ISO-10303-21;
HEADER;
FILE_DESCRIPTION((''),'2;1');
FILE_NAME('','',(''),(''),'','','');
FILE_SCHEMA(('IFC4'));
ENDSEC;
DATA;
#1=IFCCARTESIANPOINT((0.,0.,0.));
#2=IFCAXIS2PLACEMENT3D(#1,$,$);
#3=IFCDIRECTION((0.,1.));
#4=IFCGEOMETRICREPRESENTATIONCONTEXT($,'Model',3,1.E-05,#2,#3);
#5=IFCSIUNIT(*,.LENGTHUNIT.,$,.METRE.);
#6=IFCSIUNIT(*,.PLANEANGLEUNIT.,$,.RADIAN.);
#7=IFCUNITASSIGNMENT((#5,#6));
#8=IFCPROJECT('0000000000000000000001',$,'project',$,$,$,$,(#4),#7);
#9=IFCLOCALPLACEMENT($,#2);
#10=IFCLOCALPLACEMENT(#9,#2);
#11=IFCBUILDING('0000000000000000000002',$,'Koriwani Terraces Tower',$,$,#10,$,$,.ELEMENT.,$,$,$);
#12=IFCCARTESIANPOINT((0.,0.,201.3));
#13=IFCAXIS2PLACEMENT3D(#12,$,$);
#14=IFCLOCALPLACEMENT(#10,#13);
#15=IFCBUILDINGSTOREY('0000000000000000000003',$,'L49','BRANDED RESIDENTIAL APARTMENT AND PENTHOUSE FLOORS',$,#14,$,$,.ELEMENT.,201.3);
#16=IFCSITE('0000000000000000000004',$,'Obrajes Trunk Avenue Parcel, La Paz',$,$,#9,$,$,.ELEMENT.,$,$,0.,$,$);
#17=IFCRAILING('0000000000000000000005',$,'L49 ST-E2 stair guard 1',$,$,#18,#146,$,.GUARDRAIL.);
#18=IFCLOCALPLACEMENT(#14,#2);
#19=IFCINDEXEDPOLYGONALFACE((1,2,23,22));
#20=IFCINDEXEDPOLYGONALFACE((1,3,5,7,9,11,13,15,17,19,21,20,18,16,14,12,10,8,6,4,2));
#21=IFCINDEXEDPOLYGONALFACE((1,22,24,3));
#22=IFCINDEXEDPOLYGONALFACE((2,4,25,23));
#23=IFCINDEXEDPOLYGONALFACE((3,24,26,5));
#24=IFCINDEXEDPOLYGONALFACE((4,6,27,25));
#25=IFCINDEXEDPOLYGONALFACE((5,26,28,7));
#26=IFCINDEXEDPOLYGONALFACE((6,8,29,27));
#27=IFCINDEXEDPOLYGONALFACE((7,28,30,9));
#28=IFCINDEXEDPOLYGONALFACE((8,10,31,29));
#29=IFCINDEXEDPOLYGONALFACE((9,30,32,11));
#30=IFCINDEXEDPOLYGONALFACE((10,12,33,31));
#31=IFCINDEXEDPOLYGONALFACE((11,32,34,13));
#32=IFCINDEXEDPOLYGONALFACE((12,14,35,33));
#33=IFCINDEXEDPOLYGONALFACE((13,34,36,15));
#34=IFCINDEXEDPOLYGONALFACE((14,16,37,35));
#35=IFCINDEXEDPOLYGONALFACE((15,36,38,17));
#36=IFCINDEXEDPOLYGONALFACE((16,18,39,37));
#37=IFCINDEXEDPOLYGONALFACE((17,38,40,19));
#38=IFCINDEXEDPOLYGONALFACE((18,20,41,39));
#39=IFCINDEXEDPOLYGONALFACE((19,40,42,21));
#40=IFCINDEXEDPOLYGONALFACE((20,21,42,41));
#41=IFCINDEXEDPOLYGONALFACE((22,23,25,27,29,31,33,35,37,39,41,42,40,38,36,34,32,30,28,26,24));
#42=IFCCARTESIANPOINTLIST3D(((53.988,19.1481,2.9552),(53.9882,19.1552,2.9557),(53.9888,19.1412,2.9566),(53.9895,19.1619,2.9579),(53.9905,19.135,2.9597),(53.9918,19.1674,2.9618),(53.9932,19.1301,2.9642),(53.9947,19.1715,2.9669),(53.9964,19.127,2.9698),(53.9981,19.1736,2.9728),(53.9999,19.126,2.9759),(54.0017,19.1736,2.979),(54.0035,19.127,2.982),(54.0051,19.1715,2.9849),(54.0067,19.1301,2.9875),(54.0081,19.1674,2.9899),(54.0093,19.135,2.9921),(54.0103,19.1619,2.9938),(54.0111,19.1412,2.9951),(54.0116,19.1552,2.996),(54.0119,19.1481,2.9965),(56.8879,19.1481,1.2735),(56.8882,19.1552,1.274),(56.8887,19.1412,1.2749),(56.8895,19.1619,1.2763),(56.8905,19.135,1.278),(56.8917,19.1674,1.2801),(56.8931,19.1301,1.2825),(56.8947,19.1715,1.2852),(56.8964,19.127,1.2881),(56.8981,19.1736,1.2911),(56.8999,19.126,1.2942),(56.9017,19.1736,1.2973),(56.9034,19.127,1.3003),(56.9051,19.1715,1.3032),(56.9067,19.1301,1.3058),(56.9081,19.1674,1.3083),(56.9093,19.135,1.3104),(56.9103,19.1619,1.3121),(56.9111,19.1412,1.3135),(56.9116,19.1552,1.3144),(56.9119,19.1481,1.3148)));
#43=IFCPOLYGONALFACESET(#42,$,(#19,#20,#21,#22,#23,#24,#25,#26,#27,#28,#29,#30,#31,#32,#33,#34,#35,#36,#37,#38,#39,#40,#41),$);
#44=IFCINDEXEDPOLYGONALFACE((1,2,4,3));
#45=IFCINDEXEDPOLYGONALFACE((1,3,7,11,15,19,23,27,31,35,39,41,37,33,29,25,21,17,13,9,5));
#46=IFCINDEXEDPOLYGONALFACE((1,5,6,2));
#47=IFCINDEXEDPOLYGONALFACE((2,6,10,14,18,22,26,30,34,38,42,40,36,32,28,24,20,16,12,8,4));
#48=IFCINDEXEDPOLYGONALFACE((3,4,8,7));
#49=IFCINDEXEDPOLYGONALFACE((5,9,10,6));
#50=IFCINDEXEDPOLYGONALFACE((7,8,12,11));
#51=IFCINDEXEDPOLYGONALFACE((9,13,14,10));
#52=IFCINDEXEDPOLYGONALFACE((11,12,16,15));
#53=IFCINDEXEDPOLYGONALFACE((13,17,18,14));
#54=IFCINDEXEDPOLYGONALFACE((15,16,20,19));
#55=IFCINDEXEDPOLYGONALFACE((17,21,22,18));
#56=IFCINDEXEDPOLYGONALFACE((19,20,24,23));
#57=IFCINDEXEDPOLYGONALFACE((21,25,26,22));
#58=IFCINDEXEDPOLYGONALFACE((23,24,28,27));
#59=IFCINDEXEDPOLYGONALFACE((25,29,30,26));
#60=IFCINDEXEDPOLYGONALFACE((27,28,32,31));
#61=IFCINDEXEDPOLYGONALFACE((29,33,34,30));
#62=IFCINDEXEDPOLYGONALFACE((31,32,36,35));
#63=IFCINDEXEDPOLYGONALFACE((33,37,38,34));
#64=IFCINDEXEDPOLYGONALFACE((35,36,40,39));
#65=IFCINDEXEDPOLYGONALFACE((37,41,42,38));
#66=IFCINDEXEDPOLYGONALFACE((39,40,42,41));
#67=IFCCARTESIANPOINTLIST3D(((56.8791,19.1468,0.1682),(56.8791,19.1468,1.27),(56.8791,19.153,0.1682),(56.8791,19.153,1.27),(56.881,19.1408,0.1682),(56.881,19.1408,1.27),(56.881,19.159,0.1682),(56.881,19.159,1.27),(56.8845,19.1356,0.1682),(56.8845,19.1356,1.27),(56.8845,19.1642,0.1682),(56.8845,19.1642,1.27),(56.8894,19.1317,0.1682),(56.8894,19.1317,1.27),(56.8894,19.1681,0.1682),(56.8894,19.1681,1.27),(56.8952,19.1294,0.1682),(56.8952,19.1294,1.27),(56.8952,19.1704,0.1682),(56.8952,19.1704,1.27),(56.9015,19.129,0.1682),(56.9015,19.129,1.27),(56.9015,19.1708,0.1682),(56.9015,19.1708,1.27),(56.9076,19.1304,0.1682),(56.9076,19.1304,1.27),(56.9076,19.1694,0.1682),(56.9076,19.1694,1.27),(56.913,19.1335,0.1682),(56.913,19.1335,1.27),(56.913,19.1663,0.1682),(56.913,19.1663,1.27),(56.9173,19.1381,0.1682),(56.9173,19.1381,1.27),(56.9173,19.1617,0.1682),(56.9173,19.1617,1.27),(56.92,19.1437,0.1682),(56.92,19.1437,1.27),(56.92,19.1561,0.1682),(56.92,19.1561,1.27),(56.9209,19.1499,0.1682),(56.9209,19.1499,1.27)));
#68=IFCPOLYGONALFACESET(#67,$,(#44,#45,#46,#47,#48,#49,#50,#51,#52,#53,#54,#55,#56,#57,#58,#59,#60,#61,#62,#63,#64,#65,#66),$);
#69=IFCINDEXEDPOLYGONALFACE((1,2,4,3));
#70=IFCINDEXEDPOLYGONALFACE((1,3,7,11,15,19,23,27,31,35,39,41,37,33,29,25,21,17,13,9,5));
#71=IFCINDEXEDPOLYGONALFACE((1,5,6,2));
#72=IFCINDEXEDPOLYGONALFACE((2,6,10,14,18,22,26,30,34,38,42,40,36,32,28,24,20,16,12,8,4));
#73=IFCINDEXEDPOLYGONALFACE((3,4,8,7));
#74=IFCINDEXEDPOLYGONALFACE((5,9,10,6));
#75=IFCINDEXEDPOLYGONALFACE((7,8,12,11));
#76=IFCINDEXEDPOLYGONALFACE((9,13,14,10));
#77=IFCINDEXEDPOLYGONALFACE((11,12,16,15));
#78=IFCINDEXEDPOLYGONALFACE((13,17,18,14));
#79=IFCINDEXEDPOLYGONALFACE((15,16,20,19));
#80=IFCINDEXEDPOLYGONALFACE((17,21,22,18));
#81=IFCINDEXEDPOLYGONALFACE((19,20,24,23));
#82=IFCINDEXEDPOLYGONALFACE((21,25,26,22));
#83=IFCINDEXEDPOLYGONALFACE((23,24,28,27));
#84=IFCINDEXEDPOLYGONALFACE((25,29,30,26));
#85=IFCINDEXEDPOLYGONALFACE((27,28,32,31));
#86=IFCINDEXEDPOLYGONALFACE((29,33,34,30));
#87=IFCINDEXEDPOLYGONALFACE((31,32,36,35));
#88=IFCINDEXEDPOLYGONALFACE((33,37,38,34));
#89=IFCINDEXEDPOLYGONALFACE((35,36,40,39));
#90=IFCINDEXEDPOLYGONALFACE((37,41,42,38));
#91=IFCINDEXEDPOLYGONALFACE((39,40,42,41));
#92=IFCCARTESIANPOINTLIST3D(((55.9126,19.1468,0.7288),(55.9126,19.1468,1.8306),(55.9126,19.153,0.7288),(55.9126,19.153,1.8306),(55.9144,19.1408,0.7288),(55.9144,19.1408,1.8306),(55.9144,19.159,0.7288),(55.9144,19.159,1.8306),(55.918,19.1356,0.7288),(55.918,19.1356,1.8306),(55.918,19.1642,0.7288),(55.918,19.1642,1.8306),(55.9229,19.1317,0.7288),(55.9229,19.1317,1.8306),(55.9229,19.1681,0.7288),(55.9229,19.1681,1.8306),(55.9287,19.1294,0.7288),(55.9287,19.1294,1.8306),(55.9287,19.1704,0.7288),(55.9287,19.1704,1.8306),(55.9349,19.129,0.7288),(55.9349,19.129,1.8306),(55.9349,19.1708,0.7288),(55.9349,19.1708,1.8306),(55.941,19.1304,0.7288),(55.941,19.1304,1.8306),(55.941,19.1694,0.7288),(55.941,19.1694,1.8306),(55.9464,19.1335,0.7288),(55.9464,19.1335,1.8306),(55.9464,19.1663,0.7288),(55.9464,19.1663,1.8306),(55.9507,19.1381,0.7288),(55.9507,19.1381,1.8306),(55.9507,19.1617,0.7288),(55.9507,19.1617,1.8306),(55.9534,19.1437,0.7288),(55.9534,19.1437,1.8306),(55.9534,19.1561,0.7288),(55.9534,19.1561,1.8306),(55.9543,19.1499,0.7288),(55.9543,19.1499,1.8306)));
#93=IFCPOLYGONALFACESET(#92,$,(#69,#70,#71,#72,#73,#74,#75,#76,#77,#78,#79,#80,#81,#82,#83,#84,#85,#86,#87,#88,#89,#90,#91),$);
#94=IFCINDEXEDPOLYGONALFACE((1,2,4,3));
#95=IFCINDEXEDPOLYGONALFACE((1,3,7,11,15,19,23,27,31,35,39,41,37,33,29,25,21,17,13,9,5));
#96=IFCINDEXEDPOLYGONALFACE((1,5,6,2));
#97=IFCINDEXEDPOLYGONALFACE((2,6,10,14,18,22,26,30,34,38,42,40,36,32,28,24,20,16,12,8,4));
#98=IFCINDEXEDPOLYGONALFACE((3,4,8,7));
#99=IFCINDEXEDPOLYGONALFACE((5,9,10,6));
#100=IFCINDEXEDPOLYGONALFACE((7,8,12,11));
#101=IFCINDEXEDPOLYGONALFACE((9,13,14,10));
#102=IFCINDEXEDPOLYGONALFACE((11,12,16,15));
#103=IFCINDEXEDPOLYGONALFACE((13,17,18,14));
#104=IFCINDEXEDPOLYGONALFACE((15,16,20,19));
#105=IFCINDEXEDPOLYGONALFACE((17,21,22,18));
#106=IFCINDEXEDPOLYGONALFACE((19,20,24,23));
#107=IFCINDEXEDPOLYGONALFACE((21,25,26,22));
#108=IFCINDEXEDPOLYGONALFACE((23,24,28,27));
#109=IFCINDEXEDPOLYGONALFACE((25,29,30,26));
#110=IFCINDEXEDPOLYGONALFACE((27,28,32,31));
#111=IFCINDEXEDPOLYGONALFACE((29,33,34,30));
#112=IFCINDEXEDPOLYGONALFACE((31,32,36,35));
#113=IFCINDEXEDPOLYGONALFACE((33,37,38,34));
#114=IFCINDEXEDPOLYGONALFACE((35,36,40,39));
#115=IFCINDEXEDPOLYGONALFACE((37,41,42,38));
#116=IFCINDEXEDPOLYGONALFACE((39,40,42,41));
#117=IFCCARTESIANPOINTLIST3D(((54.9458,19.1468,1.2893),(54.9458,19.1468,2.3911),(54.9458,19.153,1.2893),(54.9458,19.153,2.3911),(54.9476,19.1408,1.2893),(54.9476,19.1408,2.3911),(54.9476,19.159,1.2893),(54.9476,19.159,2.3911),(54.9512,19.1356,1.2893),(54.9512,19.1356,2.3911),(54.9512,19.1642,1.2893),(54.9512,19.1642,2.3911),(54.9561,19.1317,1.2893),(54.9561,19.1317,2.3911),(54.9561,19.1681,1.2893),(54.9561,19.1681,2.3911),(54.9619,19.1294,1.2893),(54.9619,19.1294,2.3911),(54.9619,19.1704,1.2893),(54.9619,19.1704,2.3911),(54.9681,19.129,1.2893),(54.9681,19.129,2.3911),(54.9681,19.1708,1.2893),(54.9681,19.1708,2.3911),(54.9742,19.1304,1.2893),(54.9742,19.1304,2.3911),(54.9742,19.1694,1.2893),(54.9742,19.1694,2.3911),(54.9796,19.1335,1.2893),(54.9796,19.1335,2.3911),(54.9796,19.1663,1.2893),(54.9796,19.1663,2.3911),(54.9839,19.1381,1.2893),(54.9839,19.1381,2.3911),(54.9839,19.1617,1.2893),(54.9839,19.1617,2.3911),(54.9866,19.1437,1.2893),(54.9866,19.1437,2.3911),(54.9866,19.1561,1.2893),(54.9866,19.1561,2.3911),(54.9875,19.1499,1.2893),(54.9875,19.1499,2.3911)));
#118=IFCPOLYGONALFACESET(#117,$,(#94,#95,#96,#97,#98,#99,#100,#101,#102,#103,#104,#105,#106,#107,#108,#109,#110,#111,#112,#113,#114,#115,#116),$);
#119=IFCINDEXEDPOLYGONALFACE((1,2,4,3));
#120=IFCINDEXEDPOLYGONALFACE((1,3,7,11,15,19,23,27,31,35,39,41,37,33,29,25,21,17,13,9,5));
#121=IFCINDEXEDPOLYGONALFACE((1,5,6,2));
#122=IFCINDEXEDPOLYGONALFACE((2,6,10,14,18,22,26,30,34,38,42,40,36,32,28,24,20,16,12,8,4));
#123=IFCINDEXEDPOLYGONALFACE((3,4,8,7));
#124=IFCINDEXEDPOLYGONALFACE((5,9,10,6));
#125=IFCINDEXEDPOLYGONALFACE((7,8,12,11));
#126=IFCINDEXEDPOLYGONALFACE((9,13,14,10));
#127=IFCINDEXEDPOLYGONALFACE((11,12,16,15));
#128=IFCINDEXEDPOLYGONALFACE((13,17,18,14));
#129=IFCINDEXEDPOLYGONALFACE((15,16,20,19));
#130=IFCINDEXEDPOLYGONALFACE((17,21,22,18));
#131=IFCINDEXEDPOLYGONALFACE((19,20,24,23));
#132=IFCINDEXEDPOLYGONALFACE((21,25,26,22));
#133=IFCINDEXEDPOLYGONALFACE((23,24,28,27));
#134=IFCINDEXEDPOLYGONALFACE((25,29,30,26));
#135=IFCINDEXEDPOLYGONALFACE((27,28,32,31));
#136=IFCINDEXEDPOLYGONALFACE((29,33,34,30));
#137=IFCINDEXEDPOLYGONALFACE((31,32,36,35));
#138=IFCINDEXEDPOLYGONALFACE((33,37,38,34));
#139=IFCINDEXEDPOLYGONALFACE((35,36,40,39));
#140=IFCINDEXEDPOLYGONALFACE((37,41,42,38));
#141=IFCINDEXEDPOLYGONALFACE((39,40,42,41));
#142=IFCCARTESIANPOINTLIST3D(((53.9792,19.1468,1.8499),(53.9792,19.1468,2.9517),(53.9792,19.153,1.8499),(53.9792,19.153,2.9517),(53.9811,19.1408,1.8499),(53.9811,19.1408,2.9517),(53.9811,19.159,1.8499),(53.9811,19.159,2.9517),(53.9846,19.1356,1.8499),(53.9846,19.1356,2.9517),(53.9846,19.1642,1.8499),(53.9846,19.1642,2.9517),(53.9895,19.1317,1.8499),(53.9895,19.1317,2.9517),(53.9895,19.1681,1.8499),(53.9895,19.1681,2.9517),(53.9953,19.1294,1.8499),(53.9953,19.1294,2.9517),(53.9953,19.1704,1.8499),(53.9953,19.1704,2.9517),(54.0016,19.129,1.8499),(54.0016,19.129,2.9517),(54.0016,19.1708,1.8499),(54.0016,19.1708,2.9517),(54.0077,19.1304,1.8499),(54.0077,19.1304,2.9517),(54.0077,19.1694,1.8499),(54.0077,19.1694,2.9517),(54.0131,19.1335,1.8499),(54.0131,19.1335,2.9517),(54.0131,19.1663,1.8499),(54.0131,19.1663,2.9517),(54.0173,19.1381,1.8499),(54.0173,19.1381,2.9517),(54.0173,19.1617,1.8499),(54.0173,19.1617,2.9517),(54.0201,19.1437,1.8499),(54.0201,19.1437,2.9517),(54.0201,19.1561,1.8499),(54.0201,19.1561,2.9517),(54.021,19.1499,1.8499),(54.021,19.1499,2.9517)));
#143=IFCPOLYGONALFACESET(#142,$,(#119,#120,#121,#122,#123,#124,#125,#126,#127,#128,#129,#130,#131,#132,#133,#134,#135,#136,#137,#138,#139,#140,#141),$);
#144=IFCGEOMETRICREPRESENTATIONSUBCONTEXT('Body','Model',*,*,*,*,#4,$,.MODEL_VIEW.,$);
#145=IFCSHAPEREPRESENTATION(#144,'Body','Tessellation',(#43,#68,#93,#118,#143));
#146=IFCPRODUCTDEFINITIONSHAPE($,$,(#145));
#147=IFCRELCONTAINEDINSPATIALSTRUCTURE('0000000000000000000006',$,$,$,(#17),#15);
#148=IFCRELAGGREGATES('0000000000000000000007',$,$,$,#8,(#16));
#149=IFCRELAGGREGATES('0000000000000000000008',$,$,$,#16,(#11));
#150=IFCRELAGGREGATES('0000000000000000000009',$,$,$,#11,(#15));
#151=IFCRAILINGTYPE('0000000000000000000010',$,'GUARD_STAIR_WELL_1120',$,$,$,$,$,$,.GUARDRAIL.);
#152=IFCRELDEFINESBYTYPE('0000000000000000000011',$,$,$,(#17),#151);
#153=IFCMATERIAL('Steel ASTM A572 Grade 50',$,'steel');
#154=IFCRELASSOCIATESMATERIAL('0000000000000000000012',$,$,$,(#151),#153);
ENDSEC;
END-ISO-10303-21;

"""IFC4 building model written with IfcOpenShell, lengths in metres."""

from ifc_helpers import new_model, si_unit, direction, frame, origin, origin_2d, place, context, subcontext, project, spatial, circle, extrude, material, type_object, element, save


model = new_model("IFC4")

# Units and contexts
model_context = context("Model", 3, precision=1e-05, world=origin(), true_north=direction((0.0, 1.0)))
body_context = subcontext(model_context, "Body", "Model", "MODEL_VIEW")
ifc_project = project(units=[si_unit("LENGTHUNIT", "METRE"), si_unit("PLANEANGLEUNIT", "RADIAN")], contexts=[model_context])

# Site, building, storey
site_placement = place(None, origin())
site = spatial("IfcSite", under=ifc_project, at=site_placement, Name="Obrajes Trunk Avenue Parcel, La Paz", CompositionType="ELEMENT", RefElevation=0.0)
building_placement = place(site_placement, origin())
building = spatial("IfcBuilding", under=site, at=building_placement, Name="Koriwani Terraces Tower", CompositionType="ELEMENT")
storey_placement = place(building_placement, frame((0.0, 0.0, 201.3)))
storey = spatial("IfcBuildingStorey", under=building, at=storey_placement, Name="L49", Description="BRANDED RESIDENTIAL APARTMENT AND PENTHOUSE FLOORS", CompositionType="ELEMENT", Elevation=201.3)

# Shared definitions
ifc_material_1 = material(Name="Steel ASTM A572 Grade 50", Category="steel")

# Railing
railing_type_1 = type_object("IfcRailingType", Name="GUARD_STAIR_WELL_1120", PredefinedType="GUARDRAIL", material=ifc_material_1)
railing_1_placement = place(storey_placement, frame((56.8999, 19.1499, 0.1682)))
element("IfcRailing", 1, at=railing_1_placement, inside=storey, type_object=railing_type_1, Name="L49 ST-E2 stair guard 1", PredefinedType="GUARDRAIL", context=body_context, shape_type="SweptSolid", body=[
    extrude(circle(Radius=0.0239, at=origin_2d()), frame((0.0, 0.0, 1.126), z_axis=(-0.86507, 0.0, 0.501651), x_axis=(0.0, -1.0, 0.0)), (0.0, 0.0, 1.0), 3.3523),
    extrude(circle(Radius=0.021, at=origin_2d()), origin(), (0.0, 0.0, 1.0), 1.1018),
    extrude(circle(Radius=0.021, at=origin_2d()), frame((-0.9666, 0.0, 0.5605)), (0.0, 0.0, 1.0), 1.1018),
    extrude(circle(Radius=0.021, at=origin_2d()), frame((-1.9333, 0.0, 1.1211)), (0.0, 0.0, 1.0), 1.1018),
    extrude(circle(Radius=0.021, at=origin_2d()), frame((-2.8999, 0.0, 1.6816)), (0.0, 0.0, 1.0), 1.1018),
])

save(model, "model.ifc")
